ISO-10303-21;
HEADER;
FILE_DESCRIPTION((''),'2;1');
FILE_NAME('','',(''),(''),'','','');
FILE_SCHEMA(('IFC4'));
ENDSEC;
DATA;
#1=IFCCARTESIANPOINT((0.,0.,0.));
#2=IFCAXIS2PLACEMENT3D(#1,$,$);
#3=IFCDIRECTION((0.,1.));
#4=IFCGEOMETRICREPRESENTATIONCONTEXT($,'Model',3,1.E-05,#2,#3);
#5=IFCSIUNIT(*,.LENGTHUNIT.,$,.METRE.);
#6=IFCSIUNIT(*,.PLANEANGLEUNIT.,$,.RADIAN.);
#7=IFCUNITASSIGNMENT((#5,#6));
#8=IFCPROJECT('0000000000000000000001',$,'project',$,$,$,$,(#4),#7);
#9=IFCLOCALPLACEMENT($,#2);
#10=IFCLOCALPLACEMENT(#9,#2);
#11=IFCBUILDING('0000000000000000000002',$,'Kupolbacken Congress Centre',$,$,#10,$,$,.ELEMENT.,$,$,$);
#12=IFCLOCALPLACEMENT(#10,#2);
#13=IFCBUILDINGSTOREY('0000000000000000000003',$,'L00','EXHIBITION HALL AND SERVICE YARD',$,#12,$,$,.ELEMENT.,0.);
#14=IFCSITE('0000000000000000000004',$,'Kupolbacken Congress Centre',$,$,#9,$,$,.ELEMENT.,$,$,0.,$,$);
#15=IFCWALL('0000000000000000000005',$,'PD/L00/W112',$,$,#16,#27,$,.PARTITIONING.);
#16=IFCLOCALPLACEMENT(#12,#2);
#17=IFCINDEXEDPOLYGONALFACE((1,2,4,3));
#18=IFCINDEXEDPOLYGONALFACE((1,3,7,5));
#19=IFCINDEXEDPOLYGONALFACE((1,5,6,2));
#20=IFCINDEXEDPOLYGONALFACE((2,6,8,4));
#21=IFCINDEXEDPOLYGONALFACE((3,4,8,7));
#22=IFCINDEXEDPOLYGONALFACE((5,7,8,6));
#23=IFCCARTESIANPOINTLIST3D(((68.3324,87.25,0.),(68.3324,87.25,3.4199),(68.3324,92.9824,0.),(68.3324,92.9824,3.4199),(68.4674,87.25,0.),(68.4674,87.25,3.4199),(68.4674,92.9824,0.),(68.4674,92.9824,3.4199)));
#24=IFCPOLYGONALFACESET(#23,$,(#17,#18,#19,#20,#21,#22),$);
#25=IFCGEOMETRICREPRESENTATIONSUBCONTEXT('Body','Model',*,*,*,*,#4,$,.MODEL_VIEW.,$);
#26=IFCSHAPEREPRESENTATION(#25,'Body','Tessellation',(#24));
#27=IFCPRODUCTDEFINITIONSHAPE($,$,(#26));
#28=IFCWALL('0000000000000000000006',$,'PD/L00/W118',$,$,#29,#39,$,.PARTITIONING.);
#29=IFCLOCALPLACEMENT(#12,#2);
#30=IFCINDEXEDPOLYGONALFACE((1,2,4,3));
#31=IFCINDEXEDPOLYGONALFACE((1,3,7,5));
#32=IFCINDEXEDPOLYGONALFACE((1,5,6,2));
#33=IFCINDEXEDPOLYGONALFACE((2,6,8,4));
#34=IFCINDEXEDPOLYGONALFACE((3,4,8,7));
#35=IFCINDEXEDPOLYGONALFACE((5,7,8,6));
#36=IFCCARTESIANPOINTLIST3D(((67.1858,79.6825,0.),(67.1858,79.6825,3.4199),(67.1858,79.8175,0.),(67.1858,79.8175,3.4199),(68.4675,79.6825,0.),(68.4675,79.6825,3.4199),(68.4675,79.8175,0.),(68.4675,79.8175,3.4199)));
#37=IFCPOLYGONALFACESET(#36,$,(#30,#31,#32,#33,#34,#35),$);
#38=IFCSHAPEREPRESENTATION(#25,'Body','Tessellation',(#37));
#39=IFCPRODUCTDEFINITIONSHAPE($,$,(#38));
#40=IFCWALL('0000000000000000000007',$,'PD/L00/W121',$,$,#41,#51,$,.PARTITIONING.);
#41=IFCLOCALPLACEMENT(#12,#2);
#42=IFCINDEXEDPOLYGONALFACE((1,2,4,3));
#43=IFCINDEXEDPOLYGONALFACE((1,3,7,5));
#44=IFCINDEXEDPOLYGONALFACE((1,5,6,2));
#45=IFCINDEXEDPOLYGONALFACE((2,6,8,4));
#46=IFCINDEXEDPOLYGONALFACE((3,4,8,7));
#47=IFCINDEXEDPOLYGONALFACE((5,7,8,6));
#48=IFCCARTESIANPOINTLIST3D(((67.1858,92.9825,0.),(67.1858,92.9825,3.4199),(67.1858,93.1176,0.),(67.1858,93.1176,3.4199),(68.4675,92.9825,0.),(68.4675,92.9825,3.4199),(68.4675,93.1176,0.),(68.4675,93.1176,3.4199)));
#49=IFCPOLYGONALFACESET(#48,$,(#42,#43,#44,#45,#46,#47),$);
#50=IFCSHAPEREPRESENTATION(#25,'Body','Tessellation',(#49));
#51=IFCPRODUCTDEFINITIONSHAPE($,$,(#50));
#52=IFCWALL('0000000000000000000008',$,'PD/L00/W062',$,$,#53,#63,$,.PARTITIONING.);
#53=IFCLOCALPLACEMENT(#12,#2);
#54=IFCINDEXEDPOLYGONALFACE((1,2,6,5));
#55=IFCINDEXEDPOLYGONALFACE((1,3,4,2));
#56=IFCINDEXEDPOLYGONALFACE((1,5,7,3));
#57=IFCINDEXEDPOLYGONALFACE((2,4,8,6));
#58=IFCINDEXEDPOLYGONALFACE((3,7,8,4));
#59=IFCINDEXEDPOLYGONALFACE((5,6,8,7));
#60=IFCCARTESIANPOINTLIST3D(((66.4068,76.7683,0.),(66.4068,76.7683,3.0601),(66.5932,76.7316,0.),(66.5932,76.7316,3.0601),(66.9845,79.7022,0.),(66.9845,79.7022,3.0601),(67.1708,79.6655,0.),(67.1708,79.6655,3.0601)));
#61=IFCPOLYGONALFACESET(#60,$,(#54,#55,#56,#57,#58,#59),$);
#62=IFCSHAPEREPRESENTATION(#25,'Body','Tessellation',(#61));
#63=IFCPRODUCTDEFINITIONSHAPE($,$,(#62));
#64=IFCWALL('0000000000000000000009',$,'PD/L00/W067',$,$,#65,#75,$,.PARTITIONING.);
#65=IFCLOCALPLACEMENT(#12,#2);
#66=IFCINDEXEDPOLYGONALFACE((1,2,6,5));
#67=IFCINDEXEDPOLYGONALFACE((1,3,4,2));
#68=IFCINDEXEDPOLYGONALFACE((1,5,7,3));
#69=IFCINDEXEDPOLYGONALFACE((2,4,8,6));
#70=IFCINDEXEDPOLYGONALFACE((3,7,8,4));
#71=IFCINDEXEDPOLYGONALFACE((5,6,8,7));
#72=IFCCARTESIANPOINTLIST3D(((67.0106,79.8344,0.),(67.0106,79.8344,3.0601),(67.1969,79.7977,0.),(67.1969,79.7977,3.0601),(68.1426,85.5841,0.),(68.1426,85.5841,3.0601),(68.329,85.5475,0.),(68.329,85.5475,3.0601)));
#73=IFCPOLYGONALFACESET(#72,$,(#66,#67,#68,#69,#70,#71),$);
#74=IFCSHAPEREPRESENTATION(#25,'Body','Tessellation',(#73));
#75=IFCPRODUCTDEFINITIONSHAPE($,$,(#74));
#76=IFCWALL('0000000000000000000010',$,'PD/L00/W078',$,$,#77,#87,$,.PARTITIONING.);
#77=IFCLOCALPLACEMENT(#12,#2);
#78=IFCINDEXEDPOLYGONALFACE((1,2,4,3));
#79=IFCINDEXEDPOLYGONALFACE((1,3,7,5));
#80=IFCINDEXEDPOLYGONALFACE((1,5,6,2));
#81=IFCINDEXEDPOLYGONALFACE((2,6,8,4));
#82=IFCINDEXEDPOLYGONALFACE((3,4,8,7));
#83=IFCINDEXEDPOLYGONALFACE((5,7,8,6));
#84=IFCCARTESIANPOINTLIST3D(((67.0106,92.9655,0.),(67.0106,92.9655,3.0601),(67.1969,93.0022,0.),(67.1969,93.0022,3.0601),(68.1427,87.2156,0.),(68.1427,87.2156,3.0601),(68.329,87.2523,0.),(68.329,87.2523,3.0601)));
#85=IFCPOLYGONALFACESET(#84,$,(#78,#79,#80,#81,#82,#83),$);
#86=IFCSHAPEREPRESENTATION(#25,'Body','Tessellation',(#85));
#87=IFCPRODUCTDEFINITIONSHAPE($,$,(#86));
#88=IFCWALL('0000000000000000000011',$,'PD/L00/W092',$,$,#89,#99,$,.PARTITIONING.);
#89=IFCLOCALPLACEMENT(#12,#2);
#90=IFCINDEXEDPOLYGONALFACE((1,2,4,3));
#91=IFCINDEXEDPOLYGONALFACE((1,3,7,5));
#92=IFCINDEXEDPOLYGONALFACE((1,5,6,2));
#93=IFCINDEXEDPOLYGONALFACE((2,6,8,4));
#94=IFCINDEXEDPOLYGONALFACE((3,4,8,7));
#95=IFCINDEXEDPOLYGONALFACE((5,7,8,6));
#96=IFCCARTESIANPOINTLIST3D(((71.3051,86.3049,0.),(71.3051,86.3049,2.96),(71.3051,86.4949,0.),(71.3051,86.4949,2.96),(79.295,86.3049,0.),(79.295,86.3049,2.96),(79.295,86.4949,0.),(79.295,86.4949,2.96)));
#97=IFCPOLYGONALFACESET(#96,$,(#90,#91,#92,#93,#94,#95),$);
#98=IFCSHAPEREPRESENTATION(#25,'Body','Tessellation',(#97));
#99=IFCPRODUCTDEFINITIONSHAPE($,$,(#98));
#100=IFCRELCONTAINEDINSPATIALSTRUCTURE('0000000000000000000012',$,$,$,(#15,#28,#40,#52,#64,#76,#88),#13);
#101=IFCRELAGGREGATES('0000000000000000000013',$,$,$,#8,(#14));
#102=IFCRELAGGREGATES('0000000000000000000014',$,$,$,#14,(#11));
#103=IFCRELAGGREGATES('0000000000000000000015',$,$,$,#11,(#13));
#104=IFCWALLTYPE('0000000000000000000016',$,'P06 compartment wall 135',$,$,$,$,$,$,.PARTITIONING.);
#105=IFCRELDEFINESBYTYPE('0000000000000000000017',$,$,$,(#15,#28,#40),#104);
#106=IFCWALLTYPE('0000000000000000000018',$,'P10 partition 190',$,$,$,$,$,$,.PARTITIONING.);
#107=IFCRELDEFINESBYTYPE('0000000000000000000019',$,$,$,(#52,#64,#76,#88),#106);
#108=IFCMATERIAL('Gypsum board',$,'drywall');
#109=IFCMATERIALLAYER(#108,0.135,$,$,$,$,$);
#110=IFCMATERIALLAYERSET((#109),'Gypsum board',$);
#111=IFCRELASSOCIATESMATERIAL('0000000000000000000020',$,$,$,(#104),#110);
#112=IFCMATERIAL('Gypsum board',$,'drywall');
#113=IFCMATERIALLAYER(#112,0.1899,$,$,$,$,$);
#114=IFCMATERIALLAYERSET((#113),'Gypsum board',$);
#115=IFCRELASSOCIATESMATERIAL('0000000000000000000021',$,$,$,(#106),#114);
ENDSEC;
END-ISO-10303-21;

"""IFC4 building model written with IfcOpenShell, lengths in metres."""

from ifc_helpers import new_model, si_unit, direction, frame, frame_2d, origin, place, context, subcontext, project, spatial, rectangle, extrude, material, layer, layer_set, type_object, element, save


model = new_model("IFC4")

# Units and contexts
model_context = context("Model", 3, precision=1e-05, world=origin(), true_north=direction((0.0, 1.0)))
body_context = subcontext(model_context, "Body", "Model", "MODEL_VIEW")
ifc_project = project(units=[si_unit("LENGTHUNIT", "METRE"), si_unit("PLANEANGLEUNIT", "RADIAN")], contexts=[model_context])

# Site, building, storey
site_placement = place(None, origin())
site = spatial("IfcSite", under=ifc_project, at=site_placement, Name="Kupolbacken Congress Centre", CompositionType="ELEMENT", RefElevation=0.0)
building_placement = place(site_placement, origin())
building = spatial("IfcBuilding", under=site, at=building_placement, Name="Kupolbacken Congress Centre", CompositionType="ELEMENT")
storey_placement = place(building_placement, origin())
storey = spatial("IfcBuildingStorey", under=building, at=storey_placement, Name="L00", Description="EXHIBITION HALL AND SERVICE YARD", CompositionType="ELEMENT", Elevation=0.0)

# Shared definitions
ifc_material_1 = material(Name="Gypsum board", Category="drywall")
ifc_layer_1 = layer(ifc_material_1, 0.135)
ifc_layer_set_1 = layer_set([ifc_layer_1], Name="Gypsum board")
wall_type_1 = type_object("IfcWallType", Name="P06 compartment wall 135", PredefinedType="PARTITIONING", material=ifc_layer_set_1)

# Walls
wall_1_placement = place(storey_placement, frame((68.3999, 87.25, 0.0), z_axis=(0.0, 0.0, 1.0), x_axis=(0.0, 1.0, 0.0)))
element("IfcWall", 1, at=wall_1_placement, inside=storey, type_object=wall_type_1, Name="PD/L00/W112", PredefinedType="PARTITIONING", context=body_context, shape_type="SweptSolid", body=[
    extrude(rectangle(XDim=5.7324, YDim=0.135, at=frame_2d((2.8662, 0.0))), origin(), (0.0, 0.0, 1.0), 3.4199),
])
for number, where, z_axis, x_axis, name in (
    (2, (67.1858, 79.75, 0.0), (0.0, 0.0, 1.0), (1.0, 0.0, 0.0), "PD/L00/W118"),
    (3, (68.4675, 93.05, 0.0), (0.0, 0.0, 1.0), (-1.0, 0.0, 0.0), "PD/L00/W121"),
):
    element("IfcWall", number, at=place(storey_placement, frame(where, z_axis=z_axis, x_axis=x_axis)), inside=storey, type_object=wall_type_1, Name=name, PredefinedType="PARTITIONING", context=body_context, shape_type="SweptSolid", body=[
        extrude(rectangle(XDim=1.2817, YDim=0.135, at=frame_2d((0.6409, 0.0))), origin(), (0.0, 0.0, 1.0), 3.4199),
    ])
ifc_material_2 = material(Name="Gypsum board", Category="drywall")
ifc_layer_2 = layer(ifc_material_2, 0.1899)
ifc_layer_set_2 = layer_set([ifc_layer_2], Name="Gypsum board")
wall_type_2 = type_object("IfcWallType", Name="P10 partition 190", PredefinedType="PARTITIONING", material=ifc_layer_set_2)
wall_2_placement = place(storey_placement, frame((67.0776, 79.6838, 0.0), z_axis=(0.0, 0.0, 1.0), x_axis=(-0.193179, -0.981164, 0.0)))
element("IfcWall", 4, at=wall_2_placement, inside=storey, type_object=wall_type_2, Name="PD/L00/W062", PredefinedType="PARTITIONING", context=body_context, shape_type="SweptSolid", body=[
    extrude(rectangle(XDim=2.9902, YDim=0.1899, at=frame_2d((1.4951, 0.0))), origin(), (0.0, 0.0, 1.0), 3.0601),
])
wall_3_placement = place(storey_placement, frame((68.2358, 85.5659, 0.0), z_axis=(0.0, 0.0, 1.0), x_axis=(-0.193183, -0.981163, 0.0)))
element("IfcWall", 5, at=wall_3_placement, inside=storey, type_object=wall_type_2, Name="PD/L00/W067", PredefinedType="PARTITIONING", context=body_context, shape_type="SweptSolid", body=[
    extrude(rectangle(XDim=5.8601, YDim=0.1899, at=frame_2d((2.9302, 0.0))), origin(), (0.0, 0.0, 1.0), 3.0601),
])
wall_4_placement = place(storey_placement, frame((67.1038, 92.9839, 0.0), z_axis=(0.0, 0.0, 1.0), x_axis=(0.193175, -0.981164, 0.0)))
element("IfcWall", 6, at=wall_4_placement, inside=storey, type_object=wall_type_2, Name="PD/L00/W078", PredefinedType="PARTITIONING", context=body_context, shape_type="SweptSolid", body=[
    extrude(rectangle(XDim=5.8604, YDim=0.1899, at=frame_2d((2.9302, 0.0))), origin(), (0.0, 0.0, 1.0), 3.0601),
])
wall_5_placement = place(storey_placement, frame((71.3049, 86.3999, 0.0), z_axis=(0.0, 0.0, 1.0), x_axis=(1.0, 0.0, 0.0)))
element("IfcWall", 7, at=wall_5_placement, inside=storey, type_object=wall_type_2, Name="PD/L00/W092", PredefinedType="PARTITIONING", context=body_context, shape_type="SweptSolid", body=[
    extrude(rectangle(XDim=7.99, YDim=0.1899, at=frame_2d((3.9951, 0.0))), origin(), (0.0, 0.0, 1.0), 2.96),
])

save(model, "model.ifc")
